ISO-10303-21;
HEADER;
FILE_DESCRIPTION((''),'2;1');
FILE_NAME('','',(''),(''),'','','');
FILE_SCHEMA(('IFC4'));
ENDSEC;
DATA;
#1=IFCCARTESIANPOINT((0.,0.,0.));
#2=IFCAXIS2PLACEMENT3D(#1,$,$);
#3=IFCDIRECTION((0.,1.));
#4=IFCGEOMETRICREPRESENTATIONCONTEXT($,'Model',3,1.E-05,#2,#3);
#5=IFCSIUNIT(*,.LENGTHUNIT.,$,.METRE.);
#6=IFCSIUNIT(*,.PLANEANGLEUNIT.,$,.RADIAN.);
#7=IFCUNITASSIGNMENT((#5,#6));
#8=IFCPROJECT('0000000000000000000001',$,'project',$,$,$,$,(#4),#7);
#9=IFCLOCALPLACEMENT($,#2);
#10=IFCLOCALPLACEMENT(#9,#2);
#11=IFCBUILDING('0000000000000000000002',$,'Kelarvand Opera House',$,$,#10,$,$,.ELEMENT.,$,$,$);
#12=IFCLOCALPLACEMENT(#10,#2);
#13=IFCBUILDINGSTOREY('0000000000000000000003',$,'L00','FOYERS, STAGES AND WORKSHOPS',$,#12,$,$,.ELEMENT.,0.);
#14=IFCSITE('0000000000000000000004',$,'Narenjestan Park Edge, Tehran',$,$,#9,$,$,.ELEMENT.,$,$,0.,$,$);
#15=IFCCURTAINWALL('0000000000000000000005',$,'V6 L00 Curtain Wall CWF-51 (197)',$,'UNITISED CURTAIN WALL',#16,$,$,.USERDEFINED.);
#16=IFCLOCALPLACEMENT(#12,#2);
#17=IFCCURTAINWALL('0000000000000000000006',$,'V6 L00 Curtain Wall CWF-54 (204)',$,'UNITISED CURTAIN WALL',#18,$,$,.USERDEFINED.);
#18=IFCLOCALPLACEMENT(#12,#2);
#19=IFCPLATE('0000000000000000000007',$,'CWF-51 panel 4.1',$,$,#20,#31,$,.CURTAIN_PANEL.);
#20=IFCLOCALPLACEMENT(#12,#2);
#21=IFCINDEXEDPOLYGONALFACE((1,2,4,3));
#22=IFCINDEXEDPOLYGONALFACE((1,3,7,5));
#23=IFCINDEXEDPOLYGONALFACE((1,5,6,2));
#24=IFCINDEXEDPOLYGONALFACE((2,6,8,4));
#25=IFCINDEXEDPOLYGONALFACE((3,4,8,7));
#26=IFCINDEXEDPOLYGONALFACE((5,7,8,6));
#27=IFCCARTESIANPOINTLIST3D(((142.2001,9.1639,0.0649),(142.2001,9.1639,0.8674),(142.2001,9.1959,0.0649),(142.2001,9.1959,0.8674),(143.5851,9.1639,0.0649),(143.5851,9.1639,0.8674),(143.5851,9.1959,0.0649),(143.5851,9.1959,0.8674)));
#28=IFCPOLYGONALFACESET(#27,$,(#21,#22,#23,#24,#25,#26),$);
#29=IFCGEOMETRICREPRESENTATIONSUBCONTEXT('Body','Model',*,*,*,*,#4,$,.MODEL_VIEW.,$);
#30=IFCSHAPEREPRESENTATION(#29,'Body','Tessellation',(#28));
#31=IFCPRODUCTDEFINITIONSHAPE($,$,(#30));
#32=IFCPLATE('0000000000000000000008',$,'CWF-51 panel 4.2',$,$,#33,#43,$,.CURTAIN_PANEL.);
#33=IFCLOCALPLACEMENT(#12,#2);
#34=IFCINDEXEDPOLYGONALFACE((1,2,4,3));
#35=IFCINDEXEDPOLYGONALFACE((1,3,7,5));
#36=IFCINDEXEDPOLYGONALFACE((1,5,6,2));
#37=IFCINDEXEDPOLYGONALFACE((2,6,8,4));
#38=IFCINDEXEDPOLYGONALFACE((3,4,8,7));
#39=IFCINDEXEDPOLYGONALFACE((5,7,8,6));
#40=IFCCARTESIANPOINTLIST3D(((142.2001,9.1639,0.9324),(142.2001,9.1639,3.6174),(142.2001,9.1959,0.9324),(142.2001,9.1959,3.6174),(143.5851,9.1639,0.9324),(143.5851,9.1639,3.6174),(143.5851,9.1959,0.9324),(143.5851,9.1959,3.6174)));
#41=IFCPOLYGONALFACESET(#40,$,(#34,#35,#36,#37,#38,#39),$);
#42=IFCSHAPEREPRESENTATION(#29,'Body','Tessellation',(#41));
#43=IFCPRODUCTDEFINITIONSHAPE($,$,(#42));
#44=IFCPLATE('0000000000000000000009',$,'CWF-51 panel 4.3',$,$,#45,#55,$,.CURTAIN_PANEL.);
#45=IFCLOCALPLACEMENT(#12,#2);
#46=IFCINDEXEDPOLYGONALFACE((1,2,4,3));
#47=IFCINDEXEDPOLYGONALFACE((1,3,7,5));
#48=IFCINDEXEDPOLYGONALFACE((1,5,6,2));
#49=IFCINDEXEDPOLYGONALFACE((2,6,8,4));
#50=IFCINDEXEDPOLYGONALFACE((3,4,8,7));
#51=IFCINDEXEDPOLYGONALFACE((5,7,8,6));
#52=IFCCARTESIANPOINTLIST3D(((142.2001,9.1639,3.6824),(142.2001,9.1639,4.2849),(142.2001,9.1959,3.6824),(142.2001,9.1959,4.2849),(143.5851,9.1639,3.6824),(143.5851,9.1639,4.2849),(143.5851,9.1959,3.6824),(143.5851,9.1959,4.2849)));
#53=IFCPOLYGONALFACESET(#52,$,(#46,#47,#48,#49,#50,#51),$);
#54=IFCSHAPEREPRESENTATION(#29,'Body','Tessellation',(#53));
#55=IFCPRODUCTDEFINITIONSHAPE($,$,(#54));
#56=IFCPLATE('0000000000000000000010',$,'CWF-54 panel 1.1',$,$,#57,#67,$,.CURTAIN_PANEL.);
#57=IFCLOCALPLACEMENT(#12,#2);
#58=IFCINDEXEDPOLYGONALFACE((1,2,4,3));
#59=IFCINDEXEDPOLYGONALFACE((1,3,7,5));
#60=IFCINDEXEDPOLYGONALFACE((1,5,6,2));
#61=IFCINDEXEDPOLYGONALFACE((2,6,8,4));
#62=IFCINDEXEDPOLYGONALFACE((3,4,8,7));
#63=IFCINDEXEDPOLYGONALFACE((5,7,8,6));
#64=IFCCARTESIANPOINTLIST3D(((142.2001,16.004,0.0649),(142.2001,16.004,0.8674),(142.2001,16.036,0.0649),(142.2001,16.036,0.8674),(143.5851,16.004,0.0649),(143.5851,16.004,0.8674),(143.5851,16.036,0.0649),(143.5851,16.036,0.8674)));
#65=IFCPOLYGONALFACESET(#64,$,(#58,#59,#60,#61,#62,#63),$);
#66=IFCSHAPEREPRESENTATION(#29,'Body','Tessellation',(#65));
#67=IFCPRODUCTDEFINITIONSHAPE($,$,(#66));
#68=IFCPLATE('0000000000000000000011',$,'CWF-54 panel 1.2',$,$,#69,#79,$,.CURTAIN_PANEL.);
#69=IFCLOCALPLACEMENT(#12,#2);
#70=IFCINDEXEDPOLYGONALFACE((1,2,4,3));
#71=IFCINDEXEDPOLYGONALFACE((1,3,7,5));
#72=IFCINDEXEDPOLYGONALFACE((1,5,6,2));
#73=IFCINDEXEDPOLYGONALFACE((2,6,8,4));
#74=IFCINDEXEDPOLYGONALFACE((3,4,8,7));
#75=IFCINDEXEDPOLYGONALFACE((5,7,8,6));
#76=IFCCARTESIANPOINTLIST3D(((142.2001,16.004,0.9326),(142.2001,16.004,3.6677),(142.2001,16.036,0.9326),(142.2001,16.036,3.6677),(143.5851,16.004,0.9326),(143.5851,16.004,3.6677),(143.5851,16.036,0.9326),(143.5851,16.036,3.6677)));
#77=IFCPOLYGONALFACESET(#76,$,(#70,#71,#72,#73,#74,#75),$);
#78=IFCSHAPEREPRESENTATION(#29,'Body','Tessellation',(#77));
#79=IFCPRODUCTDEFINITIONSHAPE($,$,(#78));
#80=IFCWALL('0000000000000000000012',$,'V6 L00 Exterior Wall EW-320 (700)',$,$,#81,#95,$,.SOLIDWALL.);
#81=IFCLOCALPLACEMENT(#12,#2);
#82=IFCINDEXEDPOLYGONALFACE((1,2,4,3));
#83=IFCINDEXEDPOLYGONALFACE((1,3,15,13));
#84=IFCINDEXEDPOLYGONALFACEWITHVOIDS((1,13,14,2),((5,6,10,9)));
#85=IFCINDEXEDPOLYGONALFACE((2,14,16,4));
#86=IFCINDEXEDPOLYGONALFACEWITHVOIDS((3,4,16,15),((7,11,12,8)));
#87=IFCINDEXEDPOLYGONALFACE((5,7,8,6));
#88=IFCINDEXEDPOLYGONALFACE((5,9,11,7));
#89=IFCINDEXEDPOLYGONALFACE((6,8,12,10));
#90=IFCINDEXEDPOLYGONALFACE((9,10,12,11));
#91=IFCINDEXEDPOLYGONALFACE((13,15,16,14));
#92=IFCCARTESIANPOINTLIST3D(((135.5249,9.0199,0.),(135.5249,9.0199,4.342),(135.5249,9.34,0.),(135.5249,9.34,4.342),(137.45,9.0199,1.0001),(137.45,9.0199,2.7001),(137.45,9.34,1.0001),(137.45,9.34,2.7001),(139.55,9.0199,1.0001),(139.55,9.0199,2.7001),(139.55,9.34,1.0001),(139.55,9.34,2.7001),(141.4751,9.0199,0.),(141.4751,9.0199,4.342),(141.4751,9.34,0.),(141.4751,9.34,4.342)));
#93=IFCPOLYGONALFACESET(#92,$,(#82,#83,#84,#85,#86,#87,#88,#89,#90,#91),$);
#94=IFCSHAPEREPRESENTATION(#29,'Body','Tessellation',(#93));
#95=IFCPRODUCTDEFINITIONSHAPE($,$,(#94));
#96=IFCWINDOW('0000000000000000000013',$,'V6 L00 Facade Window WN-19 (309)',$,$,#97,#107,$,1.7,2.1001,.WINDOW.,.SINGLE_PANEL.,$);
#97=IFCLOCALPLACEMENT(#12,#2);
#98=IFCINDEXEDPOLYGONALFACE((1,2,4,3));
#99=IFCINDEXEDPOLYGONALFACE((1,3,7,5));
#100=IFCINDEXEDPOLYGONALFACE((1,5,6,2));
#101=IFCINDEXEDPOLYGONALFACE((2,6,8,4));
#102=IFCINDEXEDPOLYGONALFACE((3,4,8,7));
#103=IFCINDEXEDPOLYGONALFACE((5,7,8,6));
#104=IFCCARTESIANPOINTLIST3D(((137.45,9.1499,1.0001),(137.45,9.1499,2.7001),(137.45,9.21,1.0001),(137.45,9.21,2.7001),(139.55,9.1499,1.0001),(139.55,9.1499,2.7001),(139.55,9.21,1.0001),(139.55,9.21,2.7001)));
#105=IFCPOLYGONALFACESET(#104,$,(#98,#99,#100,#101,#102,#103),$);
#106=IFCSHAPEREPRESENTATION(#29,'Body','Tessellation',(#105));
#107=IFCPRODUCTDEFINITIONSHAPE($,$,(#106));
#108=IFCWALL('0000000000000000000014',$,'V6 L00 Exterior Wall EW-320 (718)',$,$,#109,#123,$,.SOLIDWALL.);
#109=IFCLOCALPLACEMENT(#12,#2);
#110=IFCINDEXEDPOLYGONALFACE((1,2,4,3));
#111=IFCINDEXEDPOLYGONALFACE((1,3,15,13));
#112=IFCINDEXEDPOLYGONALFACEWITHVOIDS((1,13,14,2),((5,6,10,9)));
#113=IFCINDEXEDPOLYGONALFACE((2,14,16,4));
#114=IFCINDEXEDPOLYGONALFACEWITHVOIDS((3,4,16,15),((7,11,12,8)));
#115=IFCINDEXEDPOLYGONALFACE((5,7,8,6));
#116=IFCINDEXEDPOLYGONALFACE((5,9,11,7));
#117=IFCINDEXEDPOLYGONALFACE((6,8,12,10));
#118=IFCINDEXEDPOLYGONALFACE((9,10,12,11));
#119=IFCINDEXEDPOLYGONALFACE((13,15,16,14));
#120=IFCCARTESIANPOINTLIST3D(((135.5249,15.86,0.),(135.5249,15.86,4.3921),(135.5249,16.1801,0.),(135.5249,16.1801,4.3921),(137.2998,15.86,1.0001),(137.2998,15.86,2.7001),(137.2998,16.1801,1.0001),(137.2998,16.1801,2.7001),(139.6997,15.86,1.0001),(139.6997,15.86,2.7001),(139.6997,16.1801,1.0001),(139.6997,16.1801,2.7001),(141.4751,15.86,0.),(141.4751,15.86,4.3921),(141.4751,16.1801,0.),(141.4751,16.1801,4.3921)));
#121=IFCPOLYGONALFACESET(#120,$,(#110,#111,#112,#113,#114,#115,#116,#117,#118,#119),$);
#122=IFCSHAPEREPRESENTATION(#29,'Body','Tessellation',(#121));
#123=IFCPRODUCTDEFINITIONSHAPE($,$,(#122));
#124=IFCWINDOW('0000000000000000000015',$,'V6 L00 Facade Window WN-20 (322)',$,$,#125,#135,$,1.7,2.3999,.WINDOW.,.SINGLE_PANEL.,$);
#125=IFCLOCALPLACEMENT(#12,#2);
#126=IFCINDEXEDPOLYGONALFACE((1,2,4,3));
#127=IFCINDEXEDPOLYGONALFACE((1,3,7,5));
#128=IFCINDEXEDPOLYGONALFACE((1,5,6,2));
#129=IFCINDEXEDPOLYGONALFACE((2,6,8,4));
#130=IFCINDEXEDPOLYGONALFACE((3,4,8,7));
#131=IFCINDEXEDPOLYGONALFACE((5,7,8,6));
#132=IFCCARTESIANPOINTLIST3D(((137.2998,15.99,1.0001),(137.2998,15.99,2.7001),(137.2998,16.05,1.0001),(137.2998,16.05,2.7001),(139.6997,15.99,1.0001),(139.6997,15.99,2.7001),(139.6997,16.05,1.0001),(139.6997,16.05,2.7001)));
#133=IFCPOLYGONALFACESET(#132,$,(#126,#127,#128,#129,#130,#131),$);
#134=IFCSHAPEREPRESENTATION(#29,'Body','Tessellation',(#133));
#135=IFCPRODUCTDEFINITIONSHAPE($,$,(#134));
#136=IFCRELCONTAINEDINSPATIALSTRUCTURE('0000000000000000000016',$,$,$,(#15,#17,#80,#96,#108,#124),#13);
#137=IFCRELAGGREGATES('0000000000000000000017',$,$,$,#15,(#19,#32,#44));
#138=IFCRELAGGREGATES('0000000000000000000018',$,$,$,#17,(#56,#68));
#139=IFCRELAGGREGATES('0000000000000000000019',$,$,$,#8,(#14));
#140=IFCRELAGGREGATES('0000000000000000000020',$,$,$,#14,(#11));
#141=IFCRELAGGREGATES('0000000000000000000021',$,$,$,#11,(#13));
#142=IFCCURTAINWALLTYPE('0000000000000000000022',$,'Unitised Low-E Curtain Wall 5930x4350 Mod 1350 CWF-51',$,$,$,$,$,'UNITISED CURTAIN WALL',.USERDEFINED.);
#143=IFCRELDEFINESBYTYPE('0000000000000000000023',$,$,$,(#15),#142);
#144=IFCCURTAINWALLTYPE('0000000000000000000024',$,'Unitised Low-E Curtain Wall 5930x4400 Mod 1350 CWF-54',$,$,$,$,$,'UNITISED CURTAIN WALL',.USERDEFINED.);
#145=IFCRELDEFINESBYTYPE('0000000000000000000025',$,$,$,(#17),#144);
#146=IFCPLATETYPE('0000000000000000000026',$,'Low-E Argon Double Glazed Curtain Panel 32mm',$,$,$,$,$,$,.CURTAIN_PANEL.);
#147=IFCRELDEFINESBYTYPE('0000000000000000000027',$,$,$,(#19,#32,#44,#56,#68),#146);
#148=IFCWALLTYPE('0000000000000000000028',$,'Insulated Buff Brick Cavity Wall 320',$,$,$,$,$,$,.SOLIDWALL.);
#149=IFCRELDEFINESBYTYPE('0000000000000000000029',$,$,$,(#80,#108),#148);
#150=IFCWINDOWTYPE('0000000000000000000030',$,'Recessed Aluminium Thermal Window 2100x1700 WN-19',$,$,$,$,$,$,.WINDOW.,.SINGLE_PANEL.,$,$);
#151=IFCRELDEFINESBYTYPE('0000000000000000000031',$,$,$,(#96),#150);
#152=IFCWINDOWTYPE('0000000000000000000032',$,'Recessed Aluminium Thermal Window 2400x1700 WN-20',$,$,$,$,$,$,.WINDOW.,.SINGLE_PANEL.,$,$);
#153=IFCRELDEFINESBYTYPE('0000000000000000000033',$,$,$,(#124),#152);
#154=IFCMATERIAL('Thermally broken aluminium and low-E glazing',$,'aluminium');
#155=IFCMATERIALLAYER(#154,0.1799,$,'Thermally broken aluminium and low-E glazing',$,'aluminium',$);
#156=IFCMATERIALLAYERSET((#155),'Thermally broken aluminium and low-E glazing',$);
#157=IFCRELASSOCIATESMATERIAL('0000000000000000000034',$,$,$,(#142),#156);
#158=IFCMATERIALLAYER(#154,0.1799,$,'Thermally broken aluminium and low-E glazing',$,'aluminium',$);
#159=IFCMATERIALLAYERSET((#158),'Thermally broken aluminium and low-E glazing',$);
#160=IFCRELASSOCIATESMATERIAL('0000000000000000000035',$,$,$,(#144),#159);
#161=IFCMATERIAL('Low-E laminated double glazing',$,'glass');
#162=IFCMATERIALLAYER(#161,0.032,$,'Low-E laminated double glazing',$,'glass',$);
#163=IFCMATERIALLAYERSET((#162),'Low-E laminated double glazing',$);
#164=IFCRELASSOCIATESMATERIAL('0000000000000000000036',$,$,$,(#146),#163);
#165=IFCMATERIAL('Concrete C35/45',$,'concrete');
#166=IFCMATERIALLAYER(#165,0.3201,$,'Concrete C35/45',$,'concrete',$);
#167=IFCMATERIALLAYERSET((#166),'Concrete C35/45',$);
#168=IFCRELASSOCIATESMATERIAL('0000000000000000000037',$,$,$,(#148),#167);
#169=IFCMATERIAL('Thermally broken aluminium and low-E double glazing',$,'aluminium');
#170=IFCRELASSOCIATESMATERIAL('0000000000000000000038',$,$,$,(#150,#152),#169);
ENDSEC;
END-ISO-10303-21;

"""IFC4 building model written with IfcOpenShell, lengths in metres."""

from ifc_helpers import new_model, si_unit, direction, frame, frame_2d, origin, origin_2d, place, context, subcontext, project, spatial, rectangle, extrude, material, layer, layer_set, type_object, element, fill, aggregate, save


model = new_model("IFC4")

# Units and contexts
model_context = context("Model", 3, precision=1e-05, world=origin(), true_north=direction((0.0, 1.0)))
body_context = subcontext(model_context, "Body", "Model", "MODEL_VIEW")
ifc_project = project(units=[si_unit("LENGTHUNIT", "METRE"), si_unit("PLANEANGLEUNIT", "RADIAN")], contexts=[model_context])

# Site, building, storey
site_placement = place(None, origin())
site = spatial("IfcSite", under=ifc_project, at=site_placement, Name="Narenjestan Park Edge, Tehran", CompositionType="ELEMENT", RefElevation=0.0)
building_placement = place(site_placement, origin())
building = spatial("IfcBuilding", under=site, at=building_placement, Name="Kelarvand Opera House", CompositionType="ELEMENT")
storey_placement = place(building_placement, origin())
storey = spatial("IfcBuildingStorey", under=building, at=storey_placement, Name="L00", Description="FOYERS, STAGES AND WORKSHOPS", CompositionType="ELEMENT", Elevation=0.0)

# Curtain wall
ifc_material_1 = material(Name="Thermally broken aluminium and low-E glazing", Category="aluminium")
ifc_layer_1 = layer(ifc_material_1, 0.1799, Name="Thermally broken aluminium and low-E glazing", Category="aluminium")
ifc_layer_set_1 = layer_set([ifc_layer_1], Name="Thermally broken aluminium and low-E glazing")
curtain_wall_type_1 = type_object("IfcCurtainWallType", Name="Unitised Low-E Curtain Wall 5930x4350 Mod 1350 CWF-51", ElementType="UNITISED CURTAIN WALL", PredefinedType="USERDEFINED", material=ifc_layer_set_1)
curtain_wall_1_placement = place(storey_placement, origin())
curtain_wall_1 = element("IfcCurtainWall", 1, at=curtain_wall_1_placement, inside=storey, type_object=curtain_wall_type_1, Name="V6 L00 Curtain Wall CWF-51 (197)", ObjectType="UNITISED CURTAIN WALL", PredefinedType="USERDEFINED")

# Curtain wall
ifc_layer_2 = layer(ifc_material_1, 0.1799, Name="Thermally broken aluminium and low-E glazing", Category="aluminium")
ifc_layer_set_2 = layer_set([ifc_layer_2], Name="Thermally broken aluminium and low-E glazing")
curtain_wall_type_2 = type_object("IfcCurtainWallType", Name="Unitised Low-E Curtain Wall 5930x4400 Mod 1350 CWF-54", ElementType="UNITISED CURTAIN WALL", PredefinedType="USERDEFINED", material=ifc_layer_set_2)
curtain_wall_2_placement = place(storey_placement, origin())
curtain_wall_2 = element("IfcCurtainWall", 2, at=curtain_wall_2_placement, inside=storey, type_object=curtain_wall_type_2, Name="V6 L00 Curtain Wall CWF-54 (204)", ObjectType="UNITISED CURTAIN WALL", PredefinedType="USERDEFINED")

# Plates
ifc_material_2 = material(Name="Low-E laminated double glazing", Category="glass")
ifc_layer_3 = layer(ifc_material_2, 0.032, Name="Low-E laminated double glazing", Category="glass")
ifc_layer_set_3 = layer_set([ifc_layer_3], Name="Low-E laminated double glazing")
plate_type = type_object("IfcPlateType", Name="Low-E Argon Double Glazed Curtain Panel 32mm", PredefinedType="CURTAIN_PANEL", material=ifc_layer_set_3)
plate_1_placement = place(storey_placement, frame((142.8926, 9.1799, 0.0649), z_axis=(0.0, 0.0, 1.0), x_axis=(-1.0, 0.0, 0.0)))
plate_1 = element("IfcPlate", 3, at=plate_1_placement, type_object=plate_type, Name="CWF-51 panel 4.1", PredefinedType="CURTAIN_PANEL", context=body_context, shape_type="SweptSolid", body=[
    extrude(rectangle(XDim=1.385, YDim=0.032, at=origin_2d()), origin(), (0.0, 0.0, 1.0), 0.8025),
])
plate_2_placement = place(storey_placement, frame((142.8926, 9.1799, 0.9324), z_axis=(0.0, 0.0, 1.0), x_axis=(-1.0, 0.0, 0.0)))
plate_2 = element("IfcPlate", 4, at=plate_2_placement, type_object=plate_type, Name="CWF-51 panel 4.2", PredefinedType="CURTAIN_PANEL", context=body_context, shape_type="SweptSolid", body=[
    extrude(rectangle(XDim=1.385, YDim=0.032, at=origin_2d()), origin(), (0.0, 0.0, 1.0), 2.6851),
])
plate_3_placement = place(storey_placement, frame((142.8926, 9.1799, 3.6824), z_axis=(0.0, 0.0, 1.0), x_axis=(-1.0, 0.0, 0.0)))
plate_3 = element("IfcPlate", 5, at=plate_3_placement, type_object=plate_type, Name="CWF-51 panel 4.3", PredefinedType="CURTAIN_PANEL", context=body_context, shape_type="SweptSolid", body=[
    extrude(rectangle(XDim=1.385, YDim=0.032, at=origin_2d()), origin(), (0.0, 0.0, 1.0), 0.6025),
])
aggregate(curtain_wall_1, [plate_1, plate_2, plate_3])
plate_4_placement = place(storey_placement, frame((142.8926, 16.02, 0.0649), z_axis=(0.0, 0.0, 1.0), x_axis=(1.0, 0.0, 0.0)))
plate_4 = element("IfcPlate", 6, at=plate_4_placement, type_object=plate_type, Name="CWF-54 panel 1.1", PredefinedType="CURTAIN_PANEL", context=body_context, shape_type="SweptSolid", body=[
    extrude(rectangle(XDim=1.385, YDim=0.032, at=origin_2d()), origin(), (0.0, 0.0, 1.0), 0.8025),
])
plate_5_placement = place(storey_placement, frame((142.8926, 16.02, 0.9326), z_axis=(0.0, 0.0, 1.0), x_axis=(1.0, 0.0, 0.0)))
plate_5 = element("IfcPlate", 7, at=plate_5_placement, type_object=plate_type, Name="CWF-54 panel 1.2", PredefinedType="CURTAIN_PANEL", context=body_context, shape_type="SweptSolid", body=[
    extrude(rectangle(XDim=1.385, YDim=0.032, at=origin_2d()), origin(), (0.0, 0.0, 1.0), 2.7351),
])
aggregate(curtain_wall_2, [plate_4, plate_5])

# Walls, openings, windows
ifc_material_3 = material(Name="Concrete C35/45", Category="concrete")
ifc_layer_4 = layer(ifc_material_3, 0.3201, Name="Concrete C35/45", Category="concrete")
ifc_layer_set_4 = layer_set([ifc_layer_4], Name="Concrete C35/45")
wall_type = type_object("IfcWallType", Name="Insulated Buff Brick Cavity Wall 320", PredefinedType="SOLIDWALL", material=ifc_layer_set_4)
wall_1_placement = place(storey_placement, frame((141.4751, 9.1799, 0.0), z_axis=(0.0, 0.0, 1.0), x_axis=(-1.0, 0.0, 0.0)))
wall_1 = element("IfcWall", 8, at=wall_1_placement, inside=storey, type_object=wall_type, Name="V6 L00 Exterior Wall EW-320 (700)", PredefinedType="SOLIDWALL", context=body_context, shape_type="SweptSolid", body=[
    extrude(rectangle(XDim=5.9502, YDim=0.3201, at=frame_2d((2.9751, 0.0))), origin(), (0.0, 0.0, 1.0), 4.342),
])
opening_1_placement = place(wall_1_placement, frame((1.925, 0.0, 1.0)))
opening_1 = element("IfcOpeningElement", 9, at=opening_1_placement, cuts=wall_1, PredefinedType="OPENING", context=body_context, shape_type="SweptSolid", body=[
    extrude(rectangle(XDim=2.1001, YDim=1.7, at=frame_2d((1.05, 0.8501))), frame((0.0, 0.1699, 0.0), z_axis=(0.0, -1.0, 0.0), x_axis=(1.0, 0.0, 0.0)), (0.0, 0.0, 1.0), 0.3401),
])
ifc_material_4 = material(Name="Thermally broken aluminium and low-E double glazing", Category="aluminium")
window_type_1 = type_object("IfcWindowType", Name="Recessed Aluminium Thermal Window 2100x1700 WN-19", PartitioningType="SINGLE_PANEL", PredefinedType="WINDOW", material=ifc_material_4)
window_1_placement = place(opening_1_placement, origin())
window_1 = element("IfcWindow", 10, at=window_1_placement, inside=storey, type_object=window_type_1, Name="V6 L00 Facade Window WN-19 (309)", OverallHeight=1.7, OverallWidth=2.1001, PartitioningType="SINGLE_PANEL", PredefinedType="WINDOW", context=body_context, shape_type="SweptSolid", body=[
    extrude(rectangle(XDim=2.1001, YDim=1.7, at=frame_2d((1.05, 0.8501))), frame((0.0, 0.03, 0.0), z_axis=(0.0, -1.0, 0.0), x_axis=(1.0, 0.0, 0.0)), (0.0, 0.0, 1.0), 0.0601),
])
fill(opening_1, window_1)
wall_2_placement = place(storey_placement, frame((135.5249, 16.02, 0.0), z_axis=(0.0, 0.0, 1.0), x_axis=(1.0, 0.0, 0.0)))
wall_2 = element("IfcWall", 11, at=wall_2_placement, inside=storey, type_object=wall_type, Name="V6 L00 Exterior Wall EW-320 (718)", PredefinedType="SOLIDWALL", context=body_context, shape_type="SweptSolid", body=[
    extrude(rectangle(XDim=5.9502, YDim=0.3201, at=frame_2d((2.9751, 0.0))), origin(), (0.0, 0.0, 1.0), 4.3921),
])
opening_2_placement = place(wall_2_placement, frame((1.7749, 0.0, 1.0)))
opening_2 = element("IfcOpeningElement", 12, at=opening_2_placement, cuts=wall_2, PredefinedType="OPENING", context=body_context, shape_type="SweptSolid", body=[
    extrude(rectangle(XDim=2.3999, YDim=1.7, at=frame_2d((1.2, 0.8501))), frame((0.0, 0.1699, 0.0), z_axis=(0.0, -1.0, 0.0), x_axis=(1.0, 0.0, 0.0)), (0.0, 0.0, 1.0), 0.3401),
])
window_type_2 = type_object("IfcWindowType", Name="Recessed Aluminium Thermal Window 2400x1700 WN-20", PartitioningType="SINGLE_PANEL", PredefinedType="WINDOW", material=ifc_material_4)
window_2_placement = place(opening_2_placement, origin())
window_2 = element("IfcWindow", 13, at=window_2_placement, inside=storey, type_object=window_type_2, Name="V6 L00 Facade Window WN-20 (322)", OverallHeight=1.7, OverallWidth=2.3999, PartitioningType="SINGLE_PANEL", PredefinedType="WINDOW", context=body_context, shape_type="SweptSolid", body=[
    extrude(rectangle(XDim=2.3999, YDim=1.7, at=frame_2d((1.2, 0.8501))), frame((0.0, 0.03, 0.0), z_axis=(0.0, -1.0, 0.0), x_axis=(1.0, 0.0, 0.0)), (0.0, 0.0, 1.0), 0.0601),
])
fill(opening_2, window_2)

save(model, "model.ifc")
